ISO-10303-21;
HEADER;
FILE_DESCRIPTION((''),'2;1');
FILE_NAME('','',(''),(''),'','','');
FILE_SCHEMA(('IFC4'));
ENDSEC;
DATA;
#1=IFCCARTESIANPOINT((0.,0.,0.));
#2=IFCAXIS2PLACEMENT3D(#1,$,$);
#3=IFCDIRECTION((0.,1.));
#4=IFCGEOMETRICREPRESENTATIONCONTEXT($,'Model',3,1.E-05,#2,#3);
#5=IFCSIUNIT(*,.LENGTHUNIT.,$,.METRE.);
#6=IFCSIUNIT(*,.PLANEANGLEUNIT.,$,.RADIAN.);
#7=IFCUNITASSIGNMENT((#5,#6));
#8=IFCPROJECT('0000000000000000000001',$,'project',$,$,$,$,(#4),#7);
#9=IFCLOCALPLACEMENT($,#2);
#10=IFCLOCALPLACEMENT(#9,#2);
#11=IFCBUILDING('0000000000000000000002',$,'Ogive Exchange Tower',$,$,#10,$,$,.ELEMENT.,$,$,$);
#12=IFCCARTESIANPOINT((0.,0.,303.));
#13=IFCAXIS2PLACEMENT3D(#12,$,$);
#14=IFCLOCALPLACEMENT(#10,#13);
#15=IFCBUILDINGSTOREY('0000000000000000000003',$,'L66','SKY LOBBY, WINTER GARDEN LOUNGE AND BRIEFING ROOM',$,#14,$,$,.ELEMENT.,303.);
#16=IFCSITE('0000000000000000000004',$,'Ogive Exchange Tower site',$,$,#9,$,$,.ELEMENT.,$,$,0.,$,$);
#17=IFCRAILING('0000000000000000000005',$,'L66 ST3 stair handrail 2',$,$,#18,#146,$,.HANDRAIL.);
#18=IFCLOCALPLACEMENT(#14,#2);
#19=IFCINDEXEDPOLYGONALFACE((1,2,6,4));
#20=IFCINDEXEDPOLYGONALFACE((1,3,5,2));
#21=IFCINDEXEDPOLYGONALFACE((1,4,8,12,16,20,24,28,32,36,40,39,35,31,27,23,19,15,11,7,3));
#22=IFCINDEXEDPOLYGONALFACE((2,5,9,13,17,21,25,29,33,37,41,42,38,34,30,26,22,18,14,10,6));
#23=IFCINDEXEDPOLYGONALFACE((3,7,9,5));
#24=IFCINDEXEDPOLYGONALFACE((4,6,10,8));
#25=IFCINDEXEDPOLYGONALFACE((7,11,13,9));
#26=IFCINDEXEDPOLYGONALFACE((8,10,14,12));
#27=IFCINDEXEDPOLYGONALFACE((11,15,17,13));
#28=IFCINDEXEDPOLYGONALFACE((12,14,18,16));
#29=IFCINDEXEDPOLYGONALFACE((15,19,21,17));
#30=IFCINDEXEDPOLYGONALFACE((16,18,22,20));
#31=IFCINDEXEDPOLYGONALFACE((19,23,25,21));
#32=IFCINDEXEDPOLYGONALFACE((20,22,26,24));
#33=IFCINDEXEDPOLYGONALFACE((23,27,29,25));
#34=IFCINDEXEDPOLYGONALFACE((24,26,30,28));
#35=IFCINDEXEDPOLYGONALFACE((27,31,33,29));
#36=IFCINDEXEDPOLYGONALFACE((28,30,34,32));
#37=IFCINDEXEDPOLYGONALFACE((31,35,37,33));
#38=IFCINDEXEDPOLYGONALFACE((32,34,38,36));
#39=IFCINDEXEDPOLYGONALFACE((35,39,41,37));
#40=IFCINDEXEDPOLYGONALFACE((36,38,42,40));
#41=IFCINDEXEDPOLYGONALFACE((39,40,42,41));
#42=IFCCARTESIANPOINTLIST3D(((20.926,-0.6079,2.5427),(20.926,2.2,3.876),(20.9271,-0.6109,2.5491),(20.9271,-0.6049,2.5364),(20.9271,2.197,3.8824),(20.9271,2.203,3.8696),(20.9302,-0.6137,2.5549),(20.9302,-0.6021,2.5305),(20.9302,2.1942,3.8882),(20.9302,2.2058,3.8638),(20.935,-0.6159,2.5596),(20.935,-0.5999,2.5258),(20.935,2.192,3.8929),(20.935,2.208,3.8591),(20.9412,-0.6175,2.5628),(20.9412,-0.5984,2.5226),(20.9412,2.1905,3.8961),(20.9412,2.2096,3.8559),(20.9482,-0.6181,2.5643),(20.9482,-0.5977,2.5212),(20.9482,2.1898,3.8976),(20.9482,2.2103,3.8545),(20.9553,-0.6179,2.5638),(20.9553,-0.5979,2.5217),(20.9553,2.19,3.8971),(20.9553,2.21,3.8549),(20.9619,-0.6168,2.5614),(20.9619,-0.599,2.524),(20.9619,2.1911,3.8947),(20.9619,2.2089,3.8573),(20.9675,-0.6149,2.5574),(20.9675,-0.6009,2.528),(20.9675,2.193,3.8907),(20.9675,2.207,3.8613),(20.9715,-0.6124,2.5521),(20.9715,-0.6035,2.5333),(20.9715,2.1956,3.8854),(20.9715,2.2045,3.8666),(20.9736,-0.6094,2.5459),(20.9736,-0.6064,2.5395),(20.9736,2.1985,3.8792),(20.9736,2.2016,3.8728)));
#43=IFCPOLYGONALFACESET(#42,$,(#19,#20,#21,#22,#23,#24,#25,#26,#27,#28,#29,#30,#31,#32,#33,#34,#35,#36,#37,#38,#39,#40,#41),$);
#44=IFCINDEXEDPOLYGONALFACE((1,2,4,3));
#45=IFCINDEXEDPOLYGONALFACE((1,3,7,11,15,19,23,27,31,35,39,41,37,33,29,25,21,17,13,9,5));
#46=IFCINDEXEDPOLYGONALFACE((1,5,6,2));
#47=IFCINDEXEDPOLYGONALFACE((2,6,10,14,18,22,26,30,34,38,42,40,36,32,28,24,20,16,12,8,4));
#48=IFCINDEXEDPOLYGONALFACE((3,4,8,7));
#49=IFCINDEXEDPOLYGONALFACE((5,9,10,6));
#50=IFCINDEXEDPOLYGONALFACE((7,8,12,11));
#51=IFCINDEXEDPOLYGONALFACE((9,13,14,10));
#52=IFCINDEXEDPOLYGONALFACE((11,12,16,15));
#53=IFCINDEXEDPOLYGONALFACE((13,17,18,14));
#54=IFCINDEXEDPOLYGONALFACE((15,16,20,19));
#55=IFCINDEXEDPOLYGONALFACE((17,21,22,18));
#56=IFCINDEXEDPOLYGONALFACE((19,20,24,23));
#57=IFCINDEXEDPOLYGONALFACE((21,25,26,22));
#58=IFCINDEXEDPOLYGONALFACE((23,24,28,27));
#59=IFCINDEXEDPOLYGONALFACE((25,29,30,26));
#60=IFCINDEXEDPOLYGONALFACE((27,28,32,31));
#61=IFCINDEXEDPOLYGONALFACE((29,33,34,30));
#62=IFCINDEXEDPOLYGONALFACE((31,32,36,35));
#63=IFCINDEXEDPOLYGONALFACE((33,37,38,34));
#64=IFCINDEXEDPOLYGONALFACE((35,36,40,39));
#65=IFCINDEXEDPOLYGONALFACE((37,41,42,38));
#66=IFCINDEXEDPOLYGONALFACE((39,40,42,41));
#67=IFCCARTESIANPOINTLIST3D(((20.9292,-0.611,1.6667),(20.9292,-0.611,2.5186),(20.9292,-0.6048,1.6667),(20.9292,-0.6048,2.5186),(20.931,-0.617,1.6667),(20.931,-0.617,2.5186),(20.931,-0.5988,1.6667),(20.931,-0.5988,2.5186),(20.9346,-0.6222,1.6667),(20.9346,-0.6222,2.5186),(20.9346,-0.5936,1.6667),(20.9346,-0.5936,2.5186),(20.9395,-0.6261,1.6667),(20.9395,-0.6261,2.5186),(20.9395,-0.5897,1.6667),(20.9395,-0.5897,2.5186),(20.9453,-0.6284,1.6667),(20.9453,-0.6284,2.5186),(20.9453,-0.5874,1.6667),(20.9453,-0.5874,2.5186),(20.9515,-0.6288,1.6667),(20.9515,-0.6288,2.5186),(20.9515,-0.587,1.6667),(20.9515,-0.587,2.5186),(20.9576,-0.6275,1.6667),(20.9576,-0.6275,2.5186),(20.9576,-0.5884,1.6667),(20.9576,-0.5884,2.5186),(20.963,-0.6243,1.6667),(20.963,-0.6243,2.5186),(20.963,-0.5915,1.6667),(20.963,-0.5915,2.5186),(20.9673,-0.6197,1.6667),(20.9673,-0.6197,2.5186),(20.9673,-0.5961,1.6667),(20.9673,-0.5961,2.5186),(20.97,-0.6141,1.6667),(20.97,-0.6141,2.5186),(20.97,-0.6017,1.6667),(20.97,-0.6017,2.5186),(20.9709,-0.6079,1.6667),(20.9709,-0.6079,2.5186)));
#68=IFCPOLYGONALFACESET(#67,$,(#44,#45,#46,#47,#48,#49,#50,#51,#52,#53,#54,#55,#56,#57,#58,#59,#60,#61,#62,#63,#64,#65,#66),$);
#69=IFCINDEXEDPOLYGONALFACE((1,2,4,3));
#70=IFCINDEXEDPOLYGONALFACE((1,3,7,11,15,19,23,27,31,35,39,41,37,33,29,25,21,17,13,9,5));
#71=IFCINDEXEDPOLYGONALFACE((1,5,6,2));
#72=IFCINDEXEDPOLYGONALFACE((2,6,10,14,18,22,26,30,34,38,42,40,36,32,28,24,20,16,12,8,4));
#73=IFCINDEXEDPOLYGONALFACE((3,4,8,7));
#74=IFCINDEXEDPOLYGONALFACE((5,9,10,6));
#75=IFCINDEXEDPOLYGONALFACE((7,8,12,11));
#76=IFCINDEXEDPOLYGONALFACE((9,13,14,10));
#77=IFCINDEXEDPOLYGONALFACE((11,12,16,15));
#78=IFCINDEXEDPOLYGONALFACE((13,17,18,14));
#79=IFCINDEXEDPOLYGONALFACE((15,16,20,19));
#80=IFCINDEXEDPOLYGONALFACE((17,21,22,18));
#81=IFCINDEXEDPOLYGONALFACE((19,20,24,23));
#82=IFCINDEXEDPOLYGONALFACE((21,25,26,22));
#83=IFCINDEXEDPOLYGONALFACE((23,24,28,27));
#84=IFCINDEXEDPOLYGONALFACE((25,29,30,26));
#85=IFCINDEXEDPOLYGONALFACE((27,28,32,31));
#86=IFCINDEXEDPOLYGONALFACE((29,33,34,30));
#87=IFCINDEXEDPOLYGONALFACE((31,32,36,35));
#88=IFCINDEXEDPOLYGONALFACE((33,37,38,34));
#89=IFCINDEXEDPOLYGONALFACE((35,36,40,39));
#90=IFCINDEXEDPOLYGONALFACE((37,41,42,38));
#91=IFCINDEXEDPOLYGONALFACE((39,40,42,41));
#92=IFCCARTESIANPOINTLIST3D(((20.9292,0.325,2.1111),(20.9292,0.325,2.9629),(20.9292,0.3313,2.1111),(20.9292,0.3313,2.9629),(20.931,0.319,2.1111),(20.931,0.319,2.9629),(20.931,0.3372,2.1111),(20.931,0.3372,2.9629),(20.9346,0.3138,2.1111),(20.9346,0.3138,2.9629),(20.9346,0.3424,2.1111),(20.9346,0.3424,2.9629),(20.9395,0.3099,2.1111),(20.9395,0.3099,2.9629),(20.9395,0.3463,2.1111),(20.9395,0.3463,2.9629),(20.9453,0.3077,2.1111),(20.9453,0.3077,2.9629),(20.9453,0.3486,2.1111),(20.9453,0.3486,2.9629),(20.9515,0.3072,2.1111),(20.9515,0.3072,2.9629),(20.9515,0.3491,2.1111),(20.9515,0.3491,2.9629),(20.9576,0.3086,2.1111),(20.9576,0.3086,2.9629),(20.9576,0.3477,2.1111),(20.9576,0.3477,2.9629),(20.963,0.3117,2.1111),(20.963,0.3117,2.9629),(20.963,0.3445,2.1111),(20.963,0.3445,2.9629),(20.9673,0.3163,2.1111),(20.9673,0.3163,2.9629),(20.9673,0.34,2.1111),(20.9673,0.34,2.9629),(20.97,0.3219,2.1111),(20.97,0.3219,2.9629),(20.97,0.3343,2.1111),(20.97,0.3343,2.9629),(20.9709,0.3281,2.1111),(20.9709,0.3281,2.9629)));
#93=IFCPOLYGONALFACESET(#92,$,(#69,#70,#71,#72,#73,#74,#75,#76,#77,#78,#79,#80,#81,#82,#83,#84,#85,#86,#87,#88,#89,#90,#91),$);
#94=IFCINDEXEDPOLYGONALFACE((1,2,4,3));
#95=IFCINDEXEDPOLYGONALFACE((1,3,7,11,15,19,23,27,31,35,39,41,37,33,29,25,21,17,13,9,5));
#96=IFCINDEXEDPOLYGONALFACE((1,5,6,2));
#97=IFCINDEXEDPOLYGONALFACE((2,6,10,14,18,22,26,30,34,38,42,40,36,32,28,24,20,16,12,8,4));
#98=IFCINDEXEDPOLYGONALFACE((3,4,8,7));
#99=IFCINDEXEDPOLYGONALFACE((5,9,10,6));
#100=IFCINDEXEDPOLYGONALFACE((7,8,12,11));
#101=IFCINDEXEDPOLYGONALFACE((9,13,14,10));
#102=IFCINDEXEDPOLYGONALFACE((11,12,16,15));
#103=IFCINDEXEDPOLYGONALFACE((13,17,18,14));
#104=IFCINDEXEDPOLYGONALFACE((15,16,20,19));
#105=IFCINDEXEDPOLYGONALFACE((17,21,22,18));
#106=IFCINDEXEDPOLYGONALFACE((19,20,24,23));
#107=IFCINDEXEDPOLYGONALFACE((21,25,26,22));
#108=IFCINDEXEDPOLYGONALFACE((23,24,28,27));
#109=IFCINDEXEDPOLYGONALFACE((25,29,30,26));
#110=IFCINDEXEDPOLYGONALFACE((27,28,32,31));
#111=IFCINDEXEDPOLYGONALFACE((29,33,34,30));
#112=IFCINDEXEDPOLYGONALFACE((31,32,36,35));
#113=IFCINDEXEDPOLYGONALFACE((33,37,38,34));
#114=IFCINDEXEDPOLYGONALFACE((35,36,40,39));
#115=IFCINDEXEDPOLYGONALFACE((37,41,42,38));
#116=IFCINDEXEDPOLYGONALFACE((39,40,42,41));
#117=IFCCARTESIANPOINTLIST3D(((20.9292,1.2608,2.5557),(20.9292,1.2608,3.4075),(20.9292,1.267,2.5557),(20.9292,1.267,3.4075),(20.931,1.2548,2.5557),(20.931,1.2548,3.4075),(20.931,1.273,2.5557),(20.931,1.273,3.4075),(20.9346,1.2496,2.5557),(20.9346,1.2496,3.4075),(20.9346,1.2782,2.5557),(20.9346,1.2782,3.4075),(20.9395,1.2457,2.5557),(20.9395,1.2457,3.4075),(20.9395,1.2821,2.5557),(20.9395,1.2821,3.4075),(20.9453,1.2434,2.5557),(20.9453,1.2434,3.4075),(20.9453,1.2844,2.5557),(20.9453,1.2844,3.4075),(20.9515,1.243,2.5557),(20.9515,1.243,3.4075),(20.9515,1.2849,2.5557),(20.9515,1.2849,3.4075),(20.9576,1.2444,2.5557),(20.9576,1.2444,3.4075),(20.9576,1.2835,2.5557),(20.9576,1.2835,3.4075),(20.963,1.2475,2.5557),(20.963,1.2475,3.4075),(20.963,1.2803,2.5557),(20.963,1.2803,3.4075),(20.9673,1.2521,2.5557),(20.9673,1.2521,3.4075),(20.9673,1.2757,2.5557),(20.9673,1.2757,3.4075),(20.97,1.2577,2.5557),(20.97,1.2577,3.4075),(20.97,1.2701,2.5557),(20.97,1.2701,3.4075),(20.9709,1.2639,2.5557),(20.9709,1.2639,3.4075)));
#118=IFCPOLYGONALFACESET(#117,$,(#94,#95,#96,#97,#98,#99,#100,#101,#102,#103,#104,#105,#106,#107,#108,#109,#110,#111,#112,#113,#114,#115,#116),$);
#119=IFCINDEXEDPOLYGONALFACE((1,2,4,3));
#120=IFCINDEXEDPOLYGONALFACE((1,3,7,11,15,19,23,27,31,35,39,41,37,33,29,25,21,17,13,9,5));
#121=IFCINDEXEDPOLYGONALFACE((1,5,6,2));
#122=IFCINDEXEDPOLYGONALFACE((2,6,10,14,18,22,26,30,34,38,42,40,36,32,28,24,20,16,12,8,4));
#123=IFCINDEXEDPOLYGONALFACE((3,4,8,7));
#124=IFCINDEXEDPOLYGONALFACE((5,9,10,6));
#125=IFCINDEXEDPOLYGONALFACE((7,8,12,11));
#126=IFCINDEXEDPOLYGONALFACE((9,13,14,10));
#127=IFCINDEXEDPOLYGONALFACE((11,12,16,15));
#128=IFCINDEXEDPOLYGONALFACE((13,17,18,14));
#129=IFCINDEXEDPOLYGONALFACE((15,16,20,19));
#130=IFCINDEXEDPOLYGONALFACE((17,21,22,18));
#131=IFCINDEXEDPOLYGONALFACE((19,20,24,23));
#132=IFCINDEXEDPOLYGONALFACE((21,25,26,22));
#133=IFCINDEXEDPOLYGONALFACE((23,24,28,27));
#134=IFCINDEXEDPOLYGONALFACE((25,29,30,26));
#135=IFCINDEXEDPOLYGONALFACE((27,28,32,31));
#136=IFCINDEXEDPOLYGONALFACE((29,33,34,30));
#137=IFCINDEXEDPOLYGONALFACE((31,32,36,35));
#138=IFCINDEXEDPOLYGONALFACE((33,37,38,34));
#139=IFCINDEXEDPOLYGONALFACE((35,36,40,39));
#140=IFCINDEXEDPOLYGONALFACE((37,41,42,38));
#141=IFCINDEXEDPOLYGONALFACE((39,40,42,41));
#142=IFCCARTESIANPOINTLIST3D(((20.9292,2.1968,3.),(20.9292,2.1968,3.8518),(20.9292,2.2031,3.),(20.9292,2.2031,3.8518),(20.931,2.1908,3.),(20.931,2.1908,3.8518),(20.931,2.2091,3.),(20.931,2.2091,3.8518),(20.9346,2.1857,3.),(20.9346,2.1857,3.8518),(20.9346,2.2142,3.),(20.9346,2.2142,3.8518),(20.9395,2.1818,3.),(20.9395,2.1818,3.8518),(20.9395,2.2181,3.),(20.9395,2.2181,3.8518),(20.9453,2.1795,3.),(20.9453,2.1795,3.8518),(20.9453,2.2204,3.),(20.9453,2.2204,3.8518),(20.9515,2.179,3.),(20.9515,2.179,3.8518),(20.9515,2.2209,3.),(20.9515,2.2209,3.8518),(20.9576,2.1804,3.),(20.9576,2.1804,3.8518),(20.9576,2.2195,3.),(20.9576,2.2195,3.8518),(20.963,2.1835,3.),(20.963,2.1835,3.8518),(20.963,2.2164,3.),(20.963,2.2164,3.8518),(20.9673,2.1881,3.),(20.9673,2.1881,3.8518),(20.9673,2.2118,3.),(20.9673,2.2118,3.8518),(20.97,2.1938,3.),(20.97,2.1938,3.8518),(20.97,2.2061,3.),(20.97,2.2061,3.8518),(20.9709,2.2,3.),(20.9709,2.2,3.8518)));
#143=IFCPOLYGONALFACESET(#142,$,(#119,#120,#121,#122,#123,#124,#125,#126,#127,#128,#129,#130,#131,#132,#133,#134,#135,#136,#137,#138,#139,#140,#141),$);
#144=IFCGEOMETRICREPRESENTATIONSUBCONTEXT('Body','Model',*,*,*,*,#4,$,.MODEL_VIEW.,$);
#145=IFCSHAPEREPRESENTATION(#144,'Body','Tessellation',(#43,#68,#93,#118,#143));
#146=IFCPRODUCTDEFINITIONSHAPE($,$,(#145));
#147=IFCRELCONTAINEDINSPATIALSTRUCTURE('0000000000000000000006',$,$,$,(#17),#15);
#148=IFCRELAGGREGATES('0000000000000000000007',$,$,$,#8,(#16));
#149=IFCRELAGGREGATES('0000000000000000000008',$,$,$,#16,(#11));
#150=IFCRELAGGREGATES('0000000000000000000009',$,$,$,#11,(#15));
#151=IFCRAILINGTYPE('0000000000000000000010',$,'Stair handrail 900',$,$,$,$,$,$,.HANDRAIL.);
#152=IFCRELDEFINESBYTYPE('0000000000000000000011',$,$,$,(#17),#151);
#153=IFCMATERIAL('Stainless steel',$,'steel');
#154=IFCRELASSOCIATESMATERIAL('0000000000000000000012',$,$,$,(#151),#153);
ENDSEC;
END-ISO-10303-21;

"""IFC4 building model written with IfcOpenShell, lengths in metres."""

from ifc_helpers import new_model, si_unit, direction, frame, origin, origin_2d, place, context, subcontext, project, spatial, circle, extrude, material, type_object, element, save


model = new_model("IFC4")

# Units and contexts
model_context = context("Model", 3, precision=1e-05, world=origin(), true_north=direction((0.0, 1.0)))
body_context = subcontext(model_context, "Body", "Model", "MODEL_VIEW")
ifc_project = project(units=[si_unit("LENGTHUNIT", "METRE"), si_unit("PLANEANGLEUNIT", "RADIAN")], contexts=[model_context])

# Site, building, storey
site_placement = place(None, origin())
site = spatial("IfcSite", under=ifc_project, at=site_placement, Name="Ogive Exchange Tower site", CompositionType="ELEMENT", RefElevation=0.0)
building_placement = place(site_placement, origin())
building = spatial("IfcBuilding", under=site, at=building_placement, Name="Ogive Exchange Tower", CompositionType="ELEMENT")
storey_placement = place(building_placement, frame((0.0, 0.0, 303.0)))
storey = spatial("IfcBuildingStorey", under=building, at=storey_placement, Name="L66", Description="SKY LOBBY, WINTER GARDEN LOUNGE AND BRIEFING ROOM", CompositionType="ELEMENT", Elevation=303.0)

# Railing
ifc_material_1 = material(Name="Stainless steel", Category="steel")
railing_type = type_object("IfcRailingType", Name="Stair handrail 900", PredefinedType="HANDRAIL", material=ifc_material_1)
railing_1_placement = place(storey_placement, frame((20.95, -0.6079, 1.6667)))
element("IfcRailing", 1, at=railing_1_placement, inside=storey, type_object=railing_type, Name="L66 ST3 stair handrail 2", PredefinedType="HANDRAIL", context=body_context, shape_type="SweptSolid", body=[
    extrude(circle(Radius=0.0239, at=origin_2d()), frame((0.0, 0.0, 0.876), z_axis=(0.0, 0.903338, 0.42893), x_axis=(-1.0, 0.0, 0.0)), (0.0, 0.0, 1.0), 3.1084),
    extrude(circle(Radius=0.021, at=origin_2d()), origin(), (0.0, 0.0, 1.0), 0.8518),
    extrude(circle(Radius=0.021, at=origin_2d()), frame((0.0, 0.936, 0.4443)), (0.0, 0.0, 1.0), 0.8518),
    extrude(circle(Radius=0.021, at=origin_2d()), frame((0.0, 1.8718, 0.8889)), (0.0, 0.0, 1.0), 0.8518),
    extrude(circle(Radius=0.021, at=origin_2d()), frame((0.0, 2.8079, 1.3333)), (0.0, 0.0, 1.0), 0.8518),
])

save(model, "model.ifc")
